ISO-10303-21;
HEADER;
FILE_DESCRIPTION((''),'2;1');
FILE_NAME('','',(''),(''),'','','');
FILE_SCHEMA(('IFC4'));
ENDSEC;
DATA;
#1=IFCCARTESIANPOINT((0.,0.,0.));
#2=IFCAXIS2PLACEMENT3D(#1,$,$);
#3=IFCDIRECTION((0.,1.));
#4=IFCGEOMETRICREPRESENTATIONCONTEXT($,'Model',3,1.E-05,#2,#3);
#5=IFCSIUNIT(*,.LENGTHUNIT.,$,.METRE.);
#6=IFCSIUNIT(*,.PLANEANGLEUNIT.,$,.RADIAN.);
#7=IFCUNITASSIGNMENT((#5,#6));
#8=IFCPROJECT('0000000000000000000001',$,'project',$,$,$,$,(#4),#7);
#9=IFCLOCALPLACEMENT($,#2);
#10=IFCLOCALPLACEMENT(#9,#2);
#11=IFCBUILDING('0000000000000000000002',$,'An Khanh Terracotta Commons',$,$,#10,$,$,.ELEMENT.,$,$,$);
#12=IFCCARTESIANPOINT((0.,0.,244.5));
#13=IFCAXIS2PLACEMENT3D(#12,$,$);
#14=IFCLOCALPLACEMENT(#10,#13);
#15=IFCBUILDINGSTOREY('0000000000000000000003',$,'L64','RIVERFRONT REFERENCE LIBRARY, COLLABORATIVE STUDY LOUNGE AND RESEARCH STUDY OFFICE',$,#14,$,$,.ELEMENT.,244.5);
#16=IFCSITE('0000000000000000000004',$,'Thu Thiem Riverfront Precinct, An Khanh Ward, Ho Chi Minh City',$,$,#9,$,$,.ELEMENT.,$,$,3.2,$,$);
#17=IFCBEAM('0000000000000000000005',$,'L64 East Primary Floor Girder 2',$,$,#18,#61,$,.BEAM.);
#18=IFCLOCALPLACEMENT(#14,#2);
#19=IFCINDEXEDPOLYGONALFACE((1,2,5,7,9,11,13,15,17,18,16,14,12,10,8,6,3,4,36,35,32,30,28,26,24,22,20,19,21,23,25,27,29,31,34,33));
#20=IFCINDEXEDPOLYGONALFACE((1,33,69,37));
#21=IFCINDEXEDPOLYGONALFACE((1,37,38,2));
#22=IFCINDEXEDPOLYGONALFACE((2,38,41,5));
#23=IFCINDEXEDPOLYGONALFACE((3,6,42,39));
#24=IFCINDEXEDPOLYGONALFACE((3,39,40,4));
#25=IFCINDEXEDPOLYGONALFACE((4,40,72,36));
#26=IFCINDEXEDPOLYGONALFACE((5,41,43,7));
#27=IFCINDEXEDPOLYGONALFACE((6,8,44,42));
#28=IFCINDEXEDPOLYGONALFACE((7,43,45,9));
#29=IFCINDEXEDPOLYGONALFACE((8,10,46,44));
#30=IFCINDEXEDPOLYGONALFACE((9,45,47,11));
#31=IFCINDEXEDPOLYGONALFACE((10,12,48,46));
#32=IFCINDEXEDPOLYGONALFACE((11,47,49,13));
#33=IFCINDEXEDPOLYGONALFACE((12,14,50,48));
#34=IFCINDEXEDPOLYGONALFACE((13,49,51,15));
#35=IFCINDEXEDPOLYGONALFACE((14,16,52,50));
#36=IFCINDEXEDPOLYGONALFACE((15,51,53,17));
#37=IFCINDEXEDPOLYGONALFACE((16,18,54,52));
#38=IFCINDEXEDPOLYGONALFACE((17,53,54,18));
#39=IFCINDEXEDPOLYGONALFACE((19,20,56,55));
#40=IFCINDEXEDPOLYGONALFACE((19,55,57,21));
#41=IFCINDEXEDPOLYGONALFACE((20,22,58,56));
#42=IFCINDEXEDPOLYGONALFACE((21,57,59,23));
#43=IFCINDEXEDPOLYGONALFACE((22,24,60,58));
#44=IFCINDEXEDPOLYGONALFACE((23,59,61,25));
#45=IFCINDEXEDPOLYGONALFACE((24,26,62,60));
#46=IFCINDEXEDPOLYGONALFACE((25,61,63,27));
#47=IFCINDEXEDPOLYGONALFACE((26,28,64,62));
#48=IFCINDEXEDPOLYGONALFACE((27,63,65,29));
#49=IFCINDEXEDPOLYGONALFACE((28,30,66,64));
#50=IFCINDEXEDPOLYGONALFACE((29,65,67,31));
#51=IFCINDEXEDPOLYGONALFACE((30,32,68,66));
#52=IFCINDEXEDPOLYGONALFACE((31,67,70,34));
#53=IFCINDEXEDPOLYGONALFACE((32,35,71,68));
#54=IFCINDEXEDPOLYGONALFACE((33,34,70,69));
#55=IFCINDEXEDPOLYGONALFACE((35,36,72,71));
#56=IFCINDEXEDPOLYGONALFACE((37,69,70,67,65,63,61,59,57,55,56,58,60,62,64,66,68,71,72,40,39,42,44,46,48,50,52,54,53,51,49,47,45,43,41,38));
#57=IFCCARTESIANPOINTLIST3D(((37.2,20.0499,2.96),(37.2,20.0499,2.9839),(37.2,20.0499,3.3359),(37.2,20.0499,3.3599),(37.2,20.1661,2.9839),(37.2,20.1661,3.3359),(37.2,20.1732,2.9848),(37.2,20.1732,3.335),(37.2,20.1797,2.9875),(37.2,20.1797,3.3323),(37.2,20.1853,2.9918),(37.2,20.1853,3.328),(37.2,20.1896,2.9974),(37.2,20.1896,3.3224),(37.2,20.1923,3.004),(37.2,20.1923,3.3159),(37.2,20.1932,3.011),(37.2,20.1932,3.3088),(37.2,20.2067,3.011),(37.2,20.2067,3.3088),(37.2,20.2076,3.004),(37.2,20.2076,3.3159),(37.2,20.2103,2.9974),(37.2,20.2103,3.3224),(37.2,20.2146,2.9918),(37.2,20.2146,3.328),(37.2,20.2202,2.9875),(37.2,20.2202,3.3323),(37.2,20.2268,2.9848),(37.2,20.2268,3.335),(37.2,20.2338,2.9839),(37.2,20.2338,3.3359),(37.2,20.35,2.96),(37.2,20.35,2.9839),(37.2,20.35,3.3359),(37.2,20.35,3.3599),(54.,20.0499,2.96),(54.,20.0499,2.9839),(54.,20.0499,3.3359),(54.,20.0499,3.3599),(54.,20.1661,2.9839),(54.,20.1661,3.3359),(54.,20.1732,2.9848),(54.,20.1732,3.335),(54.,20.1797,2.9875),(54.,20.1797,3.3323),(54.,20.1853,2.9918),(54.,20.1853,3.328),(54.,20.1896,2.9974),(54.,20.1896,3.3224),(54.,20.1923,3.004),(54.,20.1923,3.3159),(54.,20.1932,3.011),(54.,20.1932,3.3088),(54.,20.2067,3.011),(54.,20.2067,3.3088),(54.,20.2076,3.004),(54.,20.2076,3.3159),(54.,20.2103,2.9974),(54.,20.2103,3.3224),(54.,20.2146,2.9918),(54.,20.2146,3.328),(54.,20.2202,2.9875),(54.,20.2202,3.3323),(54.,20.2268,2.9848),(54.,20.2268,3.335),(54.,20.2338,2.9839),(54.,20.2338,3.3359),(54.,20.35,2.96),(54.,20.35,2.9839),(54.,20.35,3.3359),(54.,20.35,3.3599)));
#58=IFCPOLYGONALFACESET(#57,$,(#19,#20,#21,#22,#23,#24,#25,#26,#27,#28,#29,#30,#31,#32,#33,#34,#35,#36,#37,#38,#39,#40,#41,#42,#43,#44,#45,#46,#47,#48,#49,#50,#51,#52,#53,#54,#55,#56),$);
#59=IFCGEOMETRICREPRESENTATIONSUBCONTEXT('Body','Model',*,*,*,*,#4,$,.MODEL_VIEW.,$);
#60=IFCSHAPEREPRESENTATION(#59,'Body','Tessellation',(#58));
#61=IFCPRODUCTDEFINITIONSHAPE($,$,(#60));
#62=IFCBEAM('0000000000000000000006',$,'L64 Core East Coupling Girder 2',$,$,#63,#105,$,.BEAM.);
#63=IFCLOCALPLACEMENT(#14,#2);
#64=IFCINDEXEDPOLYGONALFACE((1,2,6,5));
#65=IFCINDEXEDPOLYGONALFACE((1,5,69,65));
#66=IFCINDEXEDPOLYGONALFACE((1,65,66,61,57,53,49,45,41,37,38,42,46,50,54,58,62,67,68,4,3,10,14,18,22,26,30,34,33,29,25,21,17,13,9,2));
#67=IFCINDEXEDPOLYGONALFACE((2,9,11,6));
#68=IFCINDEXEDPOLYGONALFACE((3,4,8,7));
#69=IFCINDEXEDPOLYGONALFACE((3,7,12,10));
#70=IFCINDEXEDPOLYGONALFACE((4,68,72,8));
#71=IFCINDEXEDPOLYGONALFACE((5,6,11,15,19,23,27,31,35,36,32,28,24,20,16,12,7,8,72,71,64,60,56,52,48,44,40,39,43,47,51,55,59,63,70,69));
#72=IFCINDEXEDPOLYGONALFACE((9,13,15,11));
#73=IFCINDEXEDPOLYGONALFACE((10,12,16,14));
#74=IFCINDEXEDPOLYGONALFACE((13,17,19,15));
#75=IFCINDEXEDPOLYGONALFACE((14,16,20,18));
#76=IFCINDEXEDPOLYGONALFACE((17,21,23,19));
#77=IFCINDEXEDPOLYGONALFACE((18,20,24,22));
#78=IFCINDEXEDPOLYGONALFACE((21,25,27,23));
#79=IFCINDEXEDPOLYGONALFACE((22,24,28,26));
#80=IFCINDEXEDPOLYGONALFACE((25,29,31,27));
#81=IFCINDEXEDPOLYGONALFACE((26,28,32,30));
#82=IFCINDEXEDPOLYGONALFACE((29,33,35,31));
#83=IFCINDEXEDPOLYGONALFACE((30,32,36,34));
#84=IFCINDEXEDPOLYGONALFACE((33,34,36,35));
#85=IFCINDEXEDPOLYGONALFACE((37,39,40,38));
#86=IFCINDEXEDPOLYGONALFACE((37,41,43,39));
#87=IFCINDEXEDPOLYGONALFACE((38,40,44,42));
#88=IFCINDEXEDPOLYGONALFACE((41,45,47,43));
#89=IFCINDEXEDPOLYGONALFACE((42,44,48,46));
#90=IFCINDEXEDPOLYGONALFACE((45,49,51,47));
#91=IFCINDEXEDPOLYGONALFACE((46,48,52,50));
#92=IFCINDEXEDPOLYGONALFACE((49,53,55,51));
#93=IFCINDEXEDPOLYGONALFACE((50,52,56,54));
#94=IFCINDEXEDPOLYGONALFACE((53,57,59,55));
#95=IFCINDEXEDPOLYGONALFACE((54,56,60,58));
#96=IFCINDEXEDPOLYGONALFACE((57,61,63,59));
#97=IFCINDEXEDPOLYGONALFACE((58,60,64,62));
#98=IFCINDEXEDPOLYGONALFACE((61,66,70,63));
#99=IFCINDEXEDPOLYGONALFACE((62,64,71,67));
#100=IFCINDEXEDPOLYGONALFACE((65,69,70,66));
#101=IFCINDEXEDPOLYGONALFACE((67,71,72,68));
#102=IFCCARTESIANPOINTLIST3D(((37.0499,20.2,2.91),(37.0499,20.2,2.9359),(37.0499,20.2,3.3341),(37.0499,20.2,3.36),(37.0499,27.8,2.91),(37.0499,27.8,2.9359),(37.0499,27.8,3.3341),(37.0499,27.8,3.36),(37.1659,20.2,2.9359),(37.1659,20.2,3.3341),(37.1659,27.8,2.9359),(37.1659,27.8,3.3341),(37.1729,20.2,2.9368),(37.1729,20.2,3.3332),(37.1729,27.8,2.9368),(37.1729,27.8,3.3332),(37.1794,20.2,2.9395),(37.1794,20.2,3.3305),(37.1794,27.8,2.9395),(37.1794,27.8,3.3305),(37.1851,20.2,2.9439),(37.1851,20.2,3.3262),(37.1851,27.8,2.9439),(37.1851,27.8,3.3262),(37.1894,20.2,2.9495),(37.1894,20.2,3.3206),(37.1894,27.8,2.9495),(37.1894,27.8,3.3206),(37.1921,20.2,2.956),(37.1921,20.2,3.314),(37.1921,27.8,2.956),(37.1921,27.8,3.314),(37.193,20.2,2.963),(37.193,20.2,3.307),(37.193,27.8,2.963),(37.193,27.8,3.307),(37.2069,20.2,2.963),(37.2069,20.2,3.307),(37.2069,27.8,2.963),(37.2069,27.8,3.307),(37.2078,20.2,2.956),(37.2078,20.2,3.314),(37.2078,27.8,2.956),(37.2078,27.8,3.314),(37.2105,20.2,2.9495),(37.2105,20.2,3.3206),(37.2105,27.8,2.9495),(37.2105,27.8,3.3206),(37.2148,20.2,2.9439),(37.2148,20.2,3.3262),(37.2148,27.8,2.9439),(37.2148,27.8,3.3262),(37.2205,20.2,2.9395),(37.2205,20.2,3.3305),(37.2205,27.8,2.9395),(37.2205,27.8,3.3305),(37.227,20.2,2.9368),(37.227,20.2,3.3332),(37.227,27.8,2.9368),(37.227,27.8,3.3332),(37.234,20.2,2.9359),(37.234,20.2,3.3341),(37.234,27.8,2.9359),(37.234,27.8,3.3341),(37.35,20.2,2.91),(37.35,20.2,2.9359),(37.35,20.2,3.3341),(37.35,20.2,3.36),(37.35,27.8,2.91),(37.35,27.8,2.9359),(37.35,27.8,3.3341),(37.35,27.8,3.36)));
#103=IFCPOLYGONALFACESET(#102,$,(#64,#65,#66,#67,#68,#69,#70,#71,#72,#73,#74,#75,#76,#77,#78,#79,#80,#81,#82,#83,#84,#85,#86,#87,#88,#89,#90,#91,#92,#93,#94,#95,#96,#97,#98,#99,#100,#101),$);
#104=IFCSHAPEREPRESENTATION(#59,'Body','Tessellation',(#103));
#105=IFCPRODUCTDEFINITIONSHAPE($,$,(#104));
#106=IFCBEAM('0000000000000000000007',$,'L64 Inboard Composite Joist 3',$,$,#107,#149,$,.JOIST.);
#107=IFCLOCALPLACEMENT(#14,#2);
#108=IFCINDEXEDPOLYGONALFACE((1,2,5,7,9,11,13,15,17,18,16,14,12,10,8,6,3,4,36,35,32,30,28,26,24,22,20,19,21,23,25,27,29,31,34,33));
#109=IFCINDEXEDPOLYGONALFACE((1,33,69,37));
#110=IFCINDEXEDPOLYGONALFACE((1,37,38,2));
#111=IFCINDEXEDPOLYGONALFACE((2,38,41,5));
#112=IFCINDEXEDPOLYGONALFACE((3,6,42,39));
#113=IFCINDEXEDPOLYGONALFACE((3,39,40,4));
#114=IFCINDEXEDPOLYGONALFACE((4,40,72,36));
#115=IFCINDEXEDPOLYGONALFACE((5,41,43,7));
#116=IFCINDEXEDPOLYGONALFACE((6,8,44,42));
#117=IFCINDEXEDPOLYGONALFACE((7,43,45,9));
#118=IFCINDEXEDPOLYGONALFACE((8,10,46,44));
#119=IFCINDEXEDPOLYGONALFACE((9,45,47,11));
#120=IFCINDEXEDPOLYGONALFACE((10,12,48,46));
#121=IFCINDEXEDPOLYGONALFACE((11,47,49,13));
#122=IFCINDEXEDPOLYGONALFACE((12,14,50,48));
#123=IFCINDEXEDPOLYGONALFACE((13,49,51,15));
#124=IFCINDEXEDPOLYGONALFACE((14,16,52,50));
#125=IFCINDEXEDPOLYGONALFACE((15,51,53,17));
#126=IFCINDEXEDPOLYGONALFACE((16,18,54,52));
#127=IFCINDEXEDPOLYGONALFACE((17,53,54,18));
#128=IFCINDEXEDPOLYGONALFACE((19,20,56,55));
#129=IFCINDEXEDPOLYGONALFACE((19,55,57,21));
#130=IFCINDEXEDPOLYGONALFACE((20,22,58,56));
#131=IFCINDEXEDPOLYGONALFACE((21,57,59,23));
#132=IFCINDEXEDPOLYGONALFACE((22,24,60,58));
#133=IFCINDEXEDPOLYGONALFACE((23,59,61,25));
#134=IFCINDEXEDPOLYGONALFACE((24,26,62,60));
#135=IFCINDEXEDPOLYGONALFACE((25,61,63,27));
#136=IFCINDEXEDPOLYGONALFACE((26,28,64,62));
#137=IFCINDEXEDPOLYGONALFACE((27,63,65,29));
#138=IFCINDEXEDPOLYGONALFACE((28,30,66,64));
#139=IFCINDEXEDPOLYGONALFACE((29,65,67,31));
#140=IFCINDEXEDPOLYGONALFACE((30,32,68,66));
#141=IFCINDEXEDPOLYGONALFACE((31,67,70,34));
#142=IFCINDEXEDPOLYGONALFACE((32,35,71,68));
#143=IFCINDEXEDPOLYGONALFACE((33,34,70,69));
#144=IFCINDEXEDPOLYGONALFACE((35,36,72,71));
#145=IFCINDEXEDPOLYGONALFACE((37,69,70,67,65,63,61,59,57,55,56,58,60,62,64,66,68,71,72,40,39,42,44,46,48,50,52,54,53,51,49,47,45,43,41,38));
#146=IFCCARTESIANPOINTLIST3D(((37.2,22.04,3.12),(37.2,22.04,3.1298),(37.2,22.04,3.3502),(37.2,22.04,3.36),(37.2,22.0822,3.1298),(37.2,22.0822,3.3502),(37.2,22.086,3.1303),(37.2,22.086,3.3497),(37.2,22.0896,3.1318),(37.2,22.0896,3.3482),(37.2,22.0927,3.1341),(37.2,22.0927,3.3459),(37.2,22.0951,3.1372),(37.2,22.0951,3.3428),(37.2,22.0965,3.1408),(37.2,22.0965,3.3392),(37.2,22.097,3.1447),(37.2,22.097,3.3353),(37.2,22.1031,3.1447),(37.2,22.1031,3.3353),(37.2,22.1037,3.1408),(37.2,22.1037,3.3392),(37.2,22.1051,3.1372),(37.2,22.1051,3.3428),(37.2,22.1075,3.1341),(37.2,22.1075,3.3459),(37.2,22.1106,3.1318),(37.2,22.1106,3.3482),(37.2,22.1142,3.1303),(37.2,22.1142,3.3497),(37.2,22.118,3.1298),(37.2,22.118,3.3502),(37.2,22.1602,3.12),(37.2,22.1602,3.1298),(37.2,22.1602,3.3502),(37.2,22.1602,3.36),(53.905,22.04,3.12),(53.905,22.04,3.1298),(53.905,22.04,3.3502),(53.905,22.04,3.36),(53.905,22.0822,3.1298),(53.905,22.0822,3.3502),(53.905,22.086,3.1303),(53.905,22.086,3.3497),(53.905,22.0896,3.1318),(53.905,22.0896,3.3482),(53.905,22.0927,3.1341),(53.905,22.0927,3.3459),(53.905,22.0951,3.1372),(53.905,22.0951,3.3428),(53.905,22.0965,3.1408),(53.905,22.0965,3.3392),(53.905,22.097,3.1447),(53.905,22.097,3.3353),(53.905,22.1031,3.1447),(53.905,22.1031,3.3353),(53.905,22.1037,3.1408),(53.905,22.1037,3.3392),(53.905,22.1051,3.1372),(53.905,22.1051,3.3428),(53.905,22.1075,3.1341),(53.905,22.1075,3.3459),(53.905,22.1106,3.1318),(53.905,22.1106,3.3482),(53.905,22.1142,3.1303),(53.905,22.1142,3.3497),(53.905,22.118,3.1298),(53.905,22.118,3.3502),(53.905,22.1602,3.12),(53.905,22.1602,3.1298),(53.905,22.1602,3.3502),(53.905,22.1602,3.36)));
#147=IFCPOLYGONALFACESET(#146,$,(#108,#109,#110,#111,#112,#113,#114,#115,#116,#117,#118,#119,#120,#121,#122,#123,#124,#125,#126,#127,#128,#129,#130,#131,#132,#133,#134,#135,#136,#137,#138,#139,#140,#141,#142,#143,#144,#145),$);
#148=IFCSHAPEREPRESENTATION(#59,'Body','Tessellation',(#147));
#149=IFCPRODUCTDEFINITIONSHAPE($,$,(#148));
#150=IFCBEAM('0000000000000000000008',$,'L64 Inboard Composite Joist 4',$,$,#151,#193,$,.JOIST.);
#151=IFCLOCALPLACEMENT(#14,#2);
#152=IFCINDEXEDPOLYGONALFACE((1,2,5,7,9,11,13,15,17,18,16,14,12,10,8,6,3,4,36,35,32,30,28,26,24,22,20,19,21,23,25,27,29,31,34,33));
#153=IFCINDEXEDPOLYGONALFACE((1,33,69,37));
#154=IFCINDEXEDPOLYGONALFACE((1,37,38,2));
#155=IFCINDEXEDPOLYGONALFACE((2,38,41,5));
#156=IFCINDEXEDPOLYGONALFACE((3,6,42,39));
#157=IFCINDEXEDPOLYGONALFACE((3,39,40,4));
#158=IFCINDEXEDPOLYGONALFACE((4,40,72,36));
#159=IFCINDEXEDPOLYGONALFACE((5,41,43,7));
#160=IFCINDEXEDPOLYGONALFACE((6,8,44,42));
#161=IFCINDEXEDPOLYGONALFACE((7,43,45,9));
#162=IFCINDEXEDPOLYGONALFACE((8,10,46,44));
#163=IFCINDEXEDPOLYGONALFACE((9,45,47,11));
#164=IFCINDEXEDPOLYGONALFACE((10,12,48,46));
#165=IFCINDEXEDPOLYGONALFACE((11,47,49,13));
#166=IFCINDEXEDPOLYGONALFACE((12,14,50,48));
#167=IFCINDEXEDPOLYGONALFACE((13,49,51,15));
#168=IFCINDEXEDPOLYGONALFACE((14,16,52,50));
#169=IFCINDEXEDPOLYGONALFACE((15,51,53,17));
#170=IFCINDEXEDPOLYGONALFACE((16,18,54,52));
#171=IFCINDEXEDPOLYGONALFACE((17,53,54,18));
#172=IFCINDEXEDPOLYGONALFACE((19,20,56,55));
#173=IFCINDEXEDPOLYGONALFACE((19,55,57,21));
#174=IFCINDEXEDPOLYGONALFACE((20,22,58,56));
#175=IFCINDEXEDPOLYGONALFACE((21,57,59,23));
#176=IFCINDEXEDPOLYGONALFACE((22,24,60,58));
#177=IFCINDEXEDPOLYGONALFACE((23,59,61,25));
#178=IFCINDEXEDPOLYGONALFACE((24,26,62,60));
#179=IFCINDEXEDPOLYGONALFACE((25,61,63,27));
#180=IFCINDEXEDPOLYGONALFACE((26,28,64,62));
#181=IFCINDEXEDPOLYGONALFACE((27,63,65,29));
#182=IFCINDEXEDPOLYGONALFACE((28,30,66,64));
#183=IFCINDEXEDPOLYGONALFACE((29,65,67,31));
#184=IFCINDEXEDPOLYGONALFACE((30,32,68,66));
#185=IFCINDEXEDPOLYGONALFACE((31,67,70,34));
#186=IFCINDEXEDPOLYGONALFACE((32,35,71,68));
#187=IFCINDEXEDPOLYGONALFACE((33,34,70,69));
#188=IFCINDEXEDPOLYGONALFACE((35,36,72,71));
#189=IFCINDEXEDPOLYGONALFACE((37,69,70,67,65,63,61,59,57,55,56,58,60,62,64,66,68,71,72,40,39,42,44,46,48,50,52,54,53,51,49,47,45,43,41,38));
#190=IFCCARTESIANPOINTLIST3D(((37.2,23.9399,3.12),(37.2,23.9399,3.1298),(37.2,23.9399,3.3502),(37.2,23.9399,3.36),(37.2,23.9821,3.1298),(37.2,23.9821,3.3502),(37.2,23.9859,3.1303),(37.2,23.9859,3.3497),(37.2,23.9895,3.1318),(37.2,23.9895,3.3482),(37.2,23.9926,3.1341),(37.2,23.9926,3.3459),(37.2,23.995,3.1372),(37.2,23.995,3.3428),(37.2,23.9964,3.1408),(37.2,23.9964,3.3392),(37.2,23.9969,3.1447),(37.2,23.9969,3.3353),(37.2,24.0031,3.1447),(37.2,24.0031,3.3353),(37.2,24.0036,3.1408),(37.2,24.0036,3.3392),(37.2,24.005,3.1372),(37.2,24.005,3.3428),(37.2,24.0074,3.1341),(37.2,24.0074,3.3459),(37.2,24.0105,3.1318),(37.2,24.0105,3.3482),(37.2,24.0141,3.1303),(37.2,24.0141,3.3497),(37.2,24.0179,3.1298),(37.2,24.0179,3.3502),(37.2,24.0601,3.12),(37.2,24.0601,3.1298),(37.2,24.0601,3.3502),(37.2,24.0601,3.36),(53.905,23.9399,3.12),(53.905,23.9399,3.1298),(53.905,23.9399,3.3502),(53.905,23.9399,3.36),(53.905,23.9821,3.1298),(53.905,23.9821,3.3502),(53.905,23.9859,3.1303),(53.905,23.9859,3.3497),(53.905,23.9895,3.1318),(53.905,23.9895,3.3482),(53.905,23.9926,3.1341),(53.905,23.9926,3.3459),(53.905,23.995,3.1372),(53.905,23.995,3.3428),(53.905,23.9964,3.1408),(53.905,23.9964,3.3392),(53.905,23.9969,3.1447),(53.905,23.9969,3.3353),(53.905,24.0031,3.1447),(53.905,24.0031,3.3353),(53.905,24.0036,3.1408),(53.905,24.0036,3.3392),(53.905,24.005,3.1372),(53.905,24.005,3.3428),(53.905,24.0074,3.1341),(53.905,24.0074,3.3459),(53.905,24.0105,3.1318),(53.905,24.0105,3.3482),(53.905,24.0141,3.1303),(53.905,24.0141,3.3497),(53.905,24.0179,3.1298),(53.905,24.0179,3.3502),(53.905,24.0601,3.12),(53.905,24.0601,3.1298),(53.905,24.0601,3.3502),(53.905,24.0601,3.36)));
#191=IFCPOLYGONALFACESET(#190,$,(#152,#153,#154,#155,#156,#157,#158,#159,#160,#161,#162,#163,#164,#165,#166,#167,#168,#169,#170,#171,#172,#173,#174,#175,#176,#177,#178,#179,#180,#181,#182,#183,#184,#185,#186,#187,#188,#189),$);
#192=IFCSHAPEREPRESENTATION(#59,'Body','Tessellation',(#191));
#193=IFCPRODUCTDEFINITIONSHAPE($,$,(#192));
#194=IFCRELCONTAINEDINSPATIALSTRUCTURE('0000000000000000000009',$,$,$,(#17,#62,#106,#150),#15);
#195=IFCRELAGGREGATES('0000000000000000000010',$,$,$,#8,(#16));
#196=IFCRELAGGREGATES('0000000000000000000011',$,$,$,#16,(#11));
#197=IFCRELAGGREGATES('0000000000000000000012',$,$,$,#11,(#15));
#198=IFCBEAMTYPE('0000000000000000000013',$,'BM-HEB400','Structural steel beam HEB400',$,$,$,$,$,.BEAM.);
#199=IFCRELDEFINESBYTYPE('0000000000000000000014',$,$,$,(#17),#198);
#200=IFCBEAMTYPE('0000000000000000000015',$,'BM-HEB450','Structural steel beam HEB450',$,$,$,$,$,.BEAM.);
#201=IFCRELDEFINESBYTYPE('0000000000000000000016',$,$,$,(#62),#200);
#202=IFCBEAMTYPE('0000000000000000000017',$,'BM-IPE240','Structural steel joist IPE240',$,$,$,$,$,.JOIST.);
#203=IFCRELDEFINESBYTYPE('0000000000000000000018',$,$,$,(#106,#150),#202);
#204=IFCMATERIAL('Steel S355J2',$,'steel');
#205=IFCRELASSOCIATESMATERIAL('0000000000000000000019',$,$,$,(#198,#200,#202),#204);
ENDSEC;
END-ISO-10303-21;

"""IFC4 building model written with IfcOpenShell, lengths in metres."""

from ifc_helpers import new_model, si_unit, direction, frame, origin, origin_2d, place, context, subcontext, project, spatial, i_section, extrude, material, material_profile, profile_set, type_object, element, save


model = new_model("IFC4")

# Units and contexts
model_context = context("Model", 3, precision=1e-05, world=origin(), true_north=direction((0.0, 1.0)))
body_context = subcontext(model_context, "Body", "Model", "MODEL_VIEW")
ifc_project = project(units=[si_unit("LENGTHUNIT", "METRE"), si_unit("PLANEANGLEUNIT", "RADIAN")], contexts=[model_context])

# Site, building, storey
site_placement = place(None, origin())
site = spatial("IfcSite", under=ifc_project, at=site_placement, Name="Thu Thiem Riverfront Precinct, An Khanh Ward, Ho Chi Minh City", CompositionType="ELEMENT", RefElevation=3.2)
building_placement = place(site_placement, origin())
building = spatial("IfcBuilding", under=site, at=building_placement, Name="An Khanh Terracotta Commons", CompositionType="ELEMENT")
storey_placement = place(building_placement, frame((0.0, 0.0, 244.5)))
storey = spatial("IfcBuildingStorey", under=building, at=storey_placement, Name="L64", Description="RIVERFRONT REFERENCE LIBRARY, COLLABORATIVE STUDY LOUNGE AND RESEARCH STUDY OFFICE", CompositionType="ELEMENT", Elevation=244.5)

# Beams
ifc_material_1 = material(Name="Steel S355J2", Category="steel")
ifc_material_profile_1 = material_profile(ifc_material_1, i_section(OverallWidth=0.3, OverallDepth=0.3999, WebThickness=0.0134, FlangeThickness=0.0239, FilletRadius=0.0271, at=origin_2d()), Name="HEB400")
ifc_profile_set_1 = profile_set([ifc_material_profile_1], Name="Steel S355J2")
beam_type_1 = type_object("IfcBeamType", Name="BM-HEB400", Description="Structural steel beam HEB400", PredefinedType="BEAM", material=ifc_profile_set_1)
beam_1_placement = place(storey_placement, frame((37.2, 20.2, 3.1599), z_axis=(1.0, 0.0, 0.0), x_axis=(0.0, 1.0, 0.0)))
element("IfcBeam", 1, at=beam_1_placement, inside=storey, type_object=beam_type_1, Name="L64 East Primary Floor Girder 2", PredefinedType="BEAM", context=body_context, shape_type="SweptSolid", body=[
    extrude(i_section(OverallWidth=0.3, OverallDepth=0.3999, WebThickness=0.0134, FlangeThickness=0.0239, FilletRadius=0.0271, at=origin_2d()), origin(), (0.0, 0.0, 1.0), 16.8),
])
ifc_material_profile_2 = material_profile(ifc_material_1, i_section(OverallWidth=0.3, OverallDepth=0.45, WebThickness=0.0139, FlangeThickness=0.0259, FilletRadius=0.0271, at=origin_2d()), Name="HEB450")
ifc_profile_set_2 = profile_set([ifc_material_profile_2], Name="Steel S355J2")
beam_type_2 = type_object("IfcBeamType", Name="BM-HEB450", Description="Structural steel beam HEB450", PredefinedType="BEAM", material=ifc_profile_set_2)
beam_2_placement = place(storey_placement, frame((37.2, 20.2, 3.135), z_axis=(0.0, 1.0, 0.0), x_axis=(-1.0, 0.0, 0.0)))
element("IfcBeam", 2, at=beam_2_placement, inside=storey, type_object=beam_type_2, Name="L64 Core East Coupling Girder 2", PredefinedType="BEAM", context=body_context, shape_type="SweptSolid", body=[
    extrude(i_section(OverallWidth=0.3, OverallDepth=0.45, WebThickness=0.0139, FlangeThickness=0.0259, FilletRadius=0.0271, at=origin_2d()), origin(), (0.0, 0.0, 1.0), 7.6001),
])
ifc_material_profile_3 = material_profile(ifc_material_1, i_section(OverallWidth=0.1201, OverallDepth=0.24, WebThickness=0.0061, FlangeThickness=0.0098, FilletRadius=0.0149, at=origin_2d()), Name="IPE240")
ifc_profile_set_3 = profile_set([ifc_material_profile_3], Name="Steel S355J2")
beam_type_3 = type_object("IfcBeamType", Name="BM-IPE240", Description="Structural steel joist IPE240", PredefinedType="JOIST", material=ifc_profile_set_3)
for number, where, z_axis, x_axis, name in (
    (3, (37.2, 22.1001, 3.24), (1.0, 0.0, 0.0), (0.0, 1.0, 0.0), "L64 Inboard Composite Joist 3"),
    (4, (37.2, 24.0, 3.24), (1.0, 0.0, 0.0), (0.0, 1.0, 0.0), "L64 Inboard Composite Joist 4"),
):
    element("IfcBeam", number, at=place(storey_placement, frame(where, z_axis=z_axis, x_axis=x_axis)), inside=storey, type_object=beam_type_3, Name=name, PredefinedType="JOIST", context=body_context, shape_type="SweptSolid", body=[
        extrude(i_section(OverallWidth=0.1201, OverallDepth=0.24, WebThickness=0.0061, FlangeThickness=0.0098, FilletRadius=0.0149, at=origin_2d()), origin(), (0.0, 0.0, 1.0), 16.7051),
    ])

save(model, "model.ifc")
